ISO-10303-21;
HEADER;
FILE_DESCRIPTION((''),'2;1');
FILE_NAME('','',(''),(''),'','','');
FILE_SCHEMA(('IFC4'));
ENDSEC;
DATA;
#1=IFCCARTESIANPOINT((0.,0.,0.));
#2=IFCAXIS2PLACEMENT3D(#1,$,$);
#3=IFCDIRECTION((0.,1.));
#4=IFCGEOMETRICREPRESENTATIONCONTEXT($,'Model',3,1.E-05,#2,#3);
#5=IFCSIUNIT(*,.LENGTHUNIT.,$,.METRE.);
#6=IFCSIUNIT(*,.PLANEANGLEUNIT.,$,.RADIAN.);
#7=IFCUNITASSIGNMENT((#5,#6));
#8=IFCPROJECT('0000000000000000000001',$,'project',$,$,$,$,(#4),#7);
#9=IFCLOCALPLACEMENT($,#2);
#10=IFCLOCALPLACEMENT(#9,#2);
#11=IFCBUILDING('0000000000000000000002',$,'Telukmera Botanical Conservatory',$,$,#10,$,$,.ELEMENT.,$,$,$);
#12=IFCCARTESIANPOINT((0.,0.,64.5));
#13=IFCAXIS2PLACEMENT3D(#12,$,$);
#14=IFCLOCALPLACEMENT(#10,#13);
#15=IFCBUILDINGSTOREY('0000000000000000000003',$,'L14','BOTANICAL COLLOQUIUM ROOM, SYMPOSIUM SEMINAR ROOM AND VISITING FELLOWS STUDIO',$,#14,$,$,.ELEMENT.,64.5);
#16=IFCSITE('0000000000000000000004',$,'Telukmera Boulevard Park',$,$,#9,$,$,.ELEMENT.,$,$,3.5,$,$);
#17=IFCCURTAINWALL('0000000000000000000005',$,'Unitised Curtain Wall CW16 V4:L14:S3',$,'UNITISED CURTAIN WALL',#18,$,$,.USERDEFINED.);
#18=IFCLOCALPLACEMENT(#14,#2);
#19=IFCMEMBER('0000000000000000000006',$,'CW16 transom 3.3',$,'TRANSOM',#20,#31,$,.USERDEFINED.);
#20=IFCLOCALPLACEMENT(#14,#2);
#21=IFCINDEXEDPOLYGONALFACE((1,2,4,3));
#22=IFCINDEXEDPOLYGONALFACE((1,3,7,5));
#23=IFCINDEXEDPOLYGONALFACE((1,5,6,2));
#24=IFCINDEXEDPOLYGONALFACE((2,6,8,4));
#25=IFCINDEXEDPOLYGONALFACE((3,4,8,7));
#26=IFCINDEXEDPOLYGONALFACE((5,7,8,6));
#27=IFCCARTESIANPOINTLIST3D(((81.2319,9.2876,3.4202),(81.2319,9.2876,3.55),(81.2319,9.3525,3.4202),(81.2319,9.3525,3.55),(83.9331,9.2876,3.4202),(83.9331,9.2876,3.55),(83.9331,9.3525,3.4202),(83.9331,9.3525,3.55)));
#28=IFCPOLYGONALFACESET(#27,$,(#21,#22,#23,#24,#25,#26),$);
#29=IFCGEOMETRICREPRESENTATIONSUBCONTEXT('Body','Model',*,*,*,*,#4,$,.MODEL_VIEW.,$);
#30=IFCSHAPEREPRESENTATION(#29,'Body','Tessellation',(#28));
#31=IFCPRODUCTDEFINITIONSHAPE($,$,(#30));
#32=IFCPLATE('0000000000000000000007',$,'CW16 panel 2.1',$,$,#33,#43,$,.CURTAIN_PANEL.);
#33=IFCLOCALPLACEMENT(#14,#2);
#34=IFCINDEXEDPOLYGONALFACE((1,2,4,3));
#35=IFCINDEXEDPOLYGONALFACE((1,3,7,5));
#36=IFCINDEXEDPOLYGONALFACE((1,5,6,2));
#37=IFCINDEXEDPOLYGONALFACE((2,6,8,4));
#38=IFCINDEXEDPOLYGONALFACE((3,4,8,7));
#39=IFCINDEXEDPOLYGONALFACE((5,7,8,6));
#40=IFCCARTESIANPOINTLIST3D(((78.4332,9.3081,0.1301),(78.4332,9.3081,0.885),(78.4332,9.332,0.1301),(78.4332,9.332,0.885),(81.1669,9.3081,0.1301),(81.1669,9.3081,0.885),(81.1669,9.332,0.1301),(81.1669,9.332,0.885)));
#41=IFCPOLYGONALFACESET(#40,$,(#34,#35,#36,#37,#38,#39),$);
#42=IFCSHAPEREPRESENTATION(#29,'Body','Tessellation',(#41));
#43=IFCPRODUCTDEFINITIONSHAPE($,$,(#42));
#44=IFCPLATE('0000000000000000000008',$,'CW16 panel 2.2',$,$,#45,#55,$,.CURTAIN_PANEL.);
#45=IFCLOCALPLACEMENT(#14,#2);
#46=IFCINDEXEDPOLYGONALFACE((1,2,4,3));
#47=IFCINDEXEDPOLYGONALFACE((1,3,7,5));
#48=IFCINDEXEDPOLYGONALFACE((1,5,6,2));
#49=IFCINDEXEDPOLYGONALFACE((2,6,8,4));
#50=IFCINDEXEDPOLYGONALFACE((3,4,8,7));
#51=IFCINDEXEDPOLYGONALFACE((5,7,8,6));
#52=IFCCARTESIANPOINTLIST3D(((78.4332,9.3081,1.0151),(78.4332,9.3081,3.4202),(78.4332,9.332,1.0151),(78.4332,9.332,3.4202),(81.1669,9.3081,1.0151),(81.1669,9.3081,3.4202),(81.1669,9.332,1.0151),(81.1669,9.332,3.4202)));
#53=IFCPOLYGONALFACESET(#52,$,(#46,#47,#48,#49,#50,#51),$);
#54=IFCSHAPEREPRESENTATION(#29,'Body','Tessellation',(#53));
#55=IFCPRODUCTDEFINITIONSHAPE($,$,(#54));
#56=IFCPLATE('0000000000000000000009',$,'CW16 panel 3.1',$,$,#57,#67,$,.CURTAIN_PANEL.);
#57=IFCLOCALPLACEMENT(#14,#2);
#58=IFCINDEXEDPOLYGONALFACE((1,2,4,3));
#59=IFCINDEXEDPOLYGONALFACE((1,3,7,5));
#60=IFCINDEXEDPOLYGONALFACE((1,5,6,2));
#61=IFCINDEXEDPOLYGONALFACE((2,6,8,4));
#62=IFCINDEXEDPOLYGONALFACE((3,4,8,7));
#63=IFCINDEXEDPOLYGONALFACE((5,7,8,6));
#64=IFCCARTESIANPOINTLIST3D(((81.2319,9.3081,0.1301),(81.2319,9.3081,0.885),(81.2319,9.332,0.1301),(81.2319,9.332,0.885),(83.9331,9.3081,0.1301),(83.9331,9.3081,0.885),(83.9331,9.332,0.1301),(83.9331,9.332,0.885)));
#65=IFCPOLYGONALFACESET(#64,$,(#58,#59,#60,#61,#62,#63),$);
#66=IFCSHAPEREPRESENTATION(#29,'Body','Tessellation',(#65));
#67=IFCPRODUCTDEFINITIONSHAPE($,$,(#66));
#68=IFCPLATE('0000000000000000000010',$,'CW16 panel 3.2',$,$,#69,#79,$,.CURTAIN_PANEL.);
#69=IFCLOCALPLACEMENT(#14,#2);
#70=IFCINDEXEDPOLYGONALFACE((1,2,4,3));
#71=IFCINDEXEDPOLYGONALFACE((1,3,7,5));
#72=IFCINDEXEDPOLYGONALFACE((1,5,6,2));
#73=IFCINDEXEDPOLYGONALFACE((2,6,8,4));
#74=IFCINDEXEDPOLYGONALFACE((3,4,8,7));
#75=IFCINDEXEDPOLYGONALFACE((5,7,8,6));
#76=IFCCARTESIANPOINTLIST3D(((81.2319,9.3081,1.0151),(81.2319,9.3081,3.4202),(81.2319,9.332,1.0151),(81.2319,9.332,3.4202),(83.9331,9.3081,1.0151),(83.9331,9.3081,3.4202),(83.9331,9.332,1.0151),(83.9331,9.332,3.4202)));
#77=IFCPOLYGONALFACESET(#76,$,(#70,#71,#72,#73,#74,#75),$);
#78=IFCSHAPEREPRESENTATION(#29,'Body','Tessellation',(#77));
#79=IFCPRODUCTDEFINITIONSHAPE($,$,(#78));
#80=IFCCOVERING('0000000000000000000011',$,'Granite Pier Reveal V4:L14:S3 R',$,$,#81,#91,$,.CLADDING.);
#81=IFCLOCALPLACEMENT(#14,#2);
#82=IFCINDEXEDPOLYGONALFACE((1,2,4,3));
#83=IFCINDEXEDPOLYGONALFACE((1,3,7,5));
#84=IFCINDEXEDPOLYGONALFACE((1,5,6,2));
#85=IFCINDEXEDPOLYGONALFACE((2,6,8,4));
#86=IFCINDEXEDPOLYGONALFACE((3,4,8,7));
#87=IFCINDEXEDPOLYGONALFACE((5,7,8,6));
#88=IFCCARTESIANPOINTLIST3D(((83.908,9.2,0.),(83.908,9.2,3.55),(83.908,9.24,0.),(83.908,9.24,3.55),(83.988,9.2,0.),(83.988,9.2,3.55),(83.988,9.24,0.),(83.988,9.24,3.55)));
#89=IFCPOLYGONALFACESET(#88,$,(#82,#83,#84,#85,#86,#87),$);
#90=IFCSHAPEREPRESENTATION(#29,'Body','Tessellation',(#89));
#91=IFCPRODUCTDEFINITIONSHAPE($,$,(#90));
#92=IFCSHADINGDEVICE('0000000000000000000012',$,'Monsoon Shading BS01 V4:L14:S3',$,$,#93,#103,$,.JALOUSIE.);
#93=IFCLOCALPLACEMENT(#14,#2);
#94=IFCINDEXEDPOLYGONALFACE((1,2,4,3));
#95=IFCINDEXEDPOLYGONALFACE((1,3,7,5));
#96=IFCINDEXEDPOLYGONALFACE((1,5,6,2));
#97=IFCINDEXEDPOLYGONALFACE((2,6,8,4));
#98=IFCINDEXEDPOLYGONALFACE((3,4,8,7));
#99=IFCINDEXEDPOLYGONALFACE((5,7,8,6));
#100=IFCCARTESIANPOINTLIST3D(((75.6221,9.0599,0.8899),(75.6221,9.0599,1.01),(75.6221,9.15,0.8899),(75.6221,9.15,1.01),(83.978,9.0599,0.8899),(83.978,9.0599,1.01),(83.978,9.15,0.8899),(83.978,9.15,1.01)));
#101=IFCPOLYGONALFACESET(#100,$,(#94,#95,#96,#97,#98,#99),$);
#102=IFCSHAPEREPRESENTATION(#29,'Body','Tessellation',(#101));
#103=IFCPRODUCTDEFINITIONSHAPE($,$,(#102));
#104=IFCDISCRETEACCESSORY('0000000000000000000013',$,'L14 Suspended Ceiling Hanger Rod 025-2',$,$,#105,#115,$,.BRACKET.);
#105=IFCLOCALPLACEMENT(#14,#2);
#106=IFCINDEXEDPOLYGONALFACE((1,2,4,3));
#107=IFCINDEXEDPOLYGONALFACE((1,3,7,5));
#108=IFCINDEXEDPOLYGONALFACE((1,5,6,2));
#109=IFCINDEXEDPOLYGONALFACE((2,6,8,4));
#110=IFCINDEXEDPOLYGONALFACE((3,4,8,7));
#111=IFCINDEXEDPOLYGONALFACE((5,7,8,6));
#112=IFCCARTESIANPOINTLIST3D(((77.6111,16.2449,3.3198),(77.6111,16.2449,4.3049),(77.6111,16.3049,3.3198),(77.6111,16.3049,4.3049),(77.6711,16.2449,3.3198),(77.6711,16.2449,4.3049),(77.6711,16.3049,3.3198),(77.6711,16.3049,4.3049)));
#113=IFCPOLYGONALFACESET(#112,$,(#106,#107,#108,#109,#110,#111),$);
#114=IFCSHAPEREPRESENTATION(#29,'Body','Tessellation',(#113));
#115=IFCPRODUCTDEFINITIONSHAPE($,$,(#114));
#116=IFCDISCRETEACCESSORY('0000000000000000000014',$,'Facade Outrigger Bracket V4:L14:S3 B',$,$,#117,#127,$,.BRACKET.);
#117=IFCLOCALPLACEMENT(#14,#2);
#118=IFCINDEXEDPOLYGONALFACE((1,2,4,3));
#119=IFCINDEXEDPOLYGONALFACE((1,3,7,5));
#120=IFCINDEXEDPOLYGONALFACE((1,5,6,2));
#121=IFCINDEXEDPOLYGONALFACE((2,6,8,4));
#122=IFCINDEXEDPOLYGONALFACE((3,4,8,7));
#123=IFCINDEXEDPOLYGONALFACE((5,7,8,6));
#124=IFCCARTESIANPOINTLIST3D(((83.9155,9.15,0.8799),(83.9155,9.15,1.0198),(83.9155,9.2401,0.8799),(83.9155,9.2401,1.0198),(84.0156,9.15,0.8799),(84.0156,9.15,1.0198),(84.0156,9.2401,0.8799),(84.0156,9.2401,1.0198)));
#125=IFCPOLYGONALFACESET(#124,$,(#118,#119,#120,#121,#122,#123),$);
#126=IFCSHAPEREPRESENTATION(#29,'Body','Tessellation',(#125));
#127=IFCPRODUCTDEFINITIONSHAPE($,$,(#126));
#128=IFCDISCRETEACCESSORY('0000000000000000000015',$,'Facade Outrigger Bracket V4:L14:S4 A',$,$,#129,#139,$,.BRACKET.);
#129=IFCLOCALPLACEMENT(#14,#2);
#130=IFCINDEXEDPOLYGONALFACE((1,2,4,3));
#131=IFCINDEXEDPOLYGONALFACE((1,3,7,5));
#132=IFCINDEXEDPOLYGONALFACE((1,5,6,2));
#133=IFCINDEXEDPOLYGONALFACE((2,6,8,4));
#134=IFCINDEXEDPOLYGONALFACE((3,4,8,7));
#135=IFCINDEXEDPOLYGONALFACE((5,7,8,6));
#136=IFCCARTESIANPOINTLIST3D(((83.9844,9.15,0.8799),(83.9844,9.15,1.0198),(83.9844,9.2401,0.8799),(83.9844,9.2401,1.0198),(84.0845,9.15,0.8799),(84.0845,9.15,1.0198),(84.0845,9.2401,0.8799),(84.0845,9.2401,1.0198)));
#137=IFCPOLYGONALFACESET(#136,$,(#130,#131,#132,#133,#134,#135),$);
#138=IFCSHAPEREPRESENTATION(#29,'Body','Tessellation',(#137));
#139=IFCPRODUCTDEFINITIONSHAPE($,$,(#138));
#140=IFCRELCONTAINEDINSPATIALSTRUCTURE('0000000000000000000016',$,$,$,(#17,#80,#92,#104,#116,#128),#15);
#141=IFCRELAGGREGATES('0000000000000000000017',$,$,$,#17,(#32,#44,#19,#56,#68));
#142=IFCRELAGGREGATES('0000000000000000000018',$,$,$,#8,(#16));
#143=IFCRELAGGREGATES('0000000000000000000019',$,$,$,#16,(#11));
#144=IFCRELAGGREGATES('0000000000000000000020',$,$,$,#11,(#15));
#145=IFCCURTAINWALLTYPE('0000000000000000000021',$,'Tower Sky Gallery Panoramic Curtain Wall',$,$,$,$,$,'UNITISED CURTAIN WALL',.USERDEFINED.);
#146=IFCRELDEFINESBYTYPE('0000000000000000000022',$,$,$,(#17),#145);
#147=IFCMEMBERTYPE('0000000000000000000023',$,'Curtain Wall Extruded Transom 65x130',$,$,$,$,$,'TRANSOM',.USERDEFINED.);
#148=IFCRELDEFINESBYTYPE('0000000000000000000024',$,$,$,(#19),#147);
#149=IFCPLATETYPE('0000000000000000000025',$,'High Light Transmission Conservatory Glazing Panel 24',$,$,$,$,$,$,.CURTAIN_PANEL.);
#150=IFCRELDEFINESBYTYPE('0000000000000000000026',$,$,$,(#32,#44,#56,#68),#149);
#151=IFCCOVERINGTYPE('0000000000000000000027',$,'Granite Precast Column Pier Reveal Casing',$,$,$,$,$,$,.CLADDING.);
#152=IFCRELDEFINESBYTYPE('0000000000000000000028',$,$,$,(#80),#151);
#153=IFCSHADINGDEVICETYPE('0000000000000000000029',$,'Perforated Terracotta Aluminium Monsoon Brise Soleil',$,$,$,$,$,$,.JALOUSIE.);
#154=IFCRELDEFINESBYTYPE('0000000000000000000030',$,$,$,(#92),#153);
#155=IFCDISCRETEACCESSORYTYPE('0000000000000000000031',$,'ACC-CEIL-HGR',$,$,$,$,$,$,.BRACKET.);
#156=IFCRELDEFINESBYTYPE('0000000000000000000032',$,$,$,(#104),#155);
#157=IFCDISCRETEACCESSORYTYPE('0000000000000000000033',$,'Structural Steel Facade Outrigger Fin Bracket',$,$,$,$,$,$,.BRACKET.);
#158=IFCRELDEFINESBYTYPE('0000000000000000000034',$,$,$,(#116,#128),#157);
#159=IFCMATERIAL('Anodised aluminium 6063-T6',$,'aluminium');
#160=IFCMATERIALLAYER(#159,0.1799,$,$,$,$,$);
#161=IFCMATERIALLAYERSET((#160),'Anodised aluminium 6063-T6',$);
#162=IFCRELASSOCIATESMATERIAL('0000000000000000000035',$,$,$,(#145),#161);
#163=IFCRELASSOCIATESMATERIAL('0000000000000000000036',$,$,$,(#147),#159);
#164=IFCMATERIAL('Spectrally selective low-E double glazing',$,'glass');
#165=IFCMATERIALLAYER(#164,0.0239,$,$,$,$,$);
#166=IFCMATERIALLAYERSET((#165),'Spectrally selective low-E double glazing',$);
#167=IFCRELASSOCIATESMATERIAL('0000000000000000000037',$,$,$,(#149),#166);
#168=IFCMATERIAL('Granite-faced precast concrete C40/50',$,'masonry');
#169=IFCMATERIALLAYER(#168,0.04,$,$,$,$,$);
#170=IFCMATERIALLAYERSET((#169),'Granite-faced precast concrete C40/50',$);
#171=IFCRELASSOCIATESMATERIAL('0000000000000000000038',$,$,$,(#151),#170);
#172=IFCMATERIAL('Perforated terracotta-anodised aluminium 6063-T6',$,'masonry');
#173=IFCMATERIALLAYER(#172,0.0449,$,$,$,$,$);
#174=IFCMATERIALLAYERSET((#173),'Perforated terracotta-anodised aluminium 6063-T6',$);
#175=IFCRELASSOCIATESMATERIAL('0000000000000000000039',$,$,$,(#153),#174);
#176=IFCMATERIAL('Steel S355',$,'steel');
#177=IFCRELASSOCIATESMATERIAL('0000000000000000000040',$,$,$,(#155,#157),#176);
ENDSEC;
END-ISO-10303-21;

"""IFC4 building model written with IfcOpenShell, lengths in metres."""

from ifc_helpers import new_model, si_unit, direction, frame, origin, origin_2d, place, context, subcontext, project, spatial, rectangle, extrude, material, layer, layer_set, material_profile, profile_set, type_object, element, aggregate, save


model = new_model("IFC4")

# Units and contexts
model_context = context("Model", 3, precision=1e-05, world=origin(), true_north=direction((0.0, 1.0)))
body_context = subcontext(model_context, "Body", "Model", "MODEL_VIEW")
ifc_project = project(units=[si_unit("LENGTHUNIT", "METRE"), si_unit("PLANEANGLEUNIT", "RADIAN")], contexts=[model_context])

# Site, building, storey
site_placement = place(None, origin())
site = spatial("IfcSite", under=ifc_project, at=site_placement, Name="Telukmera Boulevard Park", CompositionType="ELEMENT", RefElevation=3.5)
building_placement = place(site_placement, origin())
building = spatial("IfcBuilding", under=site, at=building_placement, Name="Telukmera Botanical Conservatory", CompositionType="ELEMENT")
storey_placement = place(building_placement, frame((0.0, 0.0, 64.5)))
storey = spatial("IfcBuildingStorey", under=building, at=storey_placement, Name="L14", Description="BOTANICAL COLLOQUIUM ROOM, SYMPOSIUM SEMINAR ROOM AND VISITING FELLOWS STUDIO", CompositionType="ELEMENT", Elevation=64.5)

# Curtain wall
ifc_material_1 = material(Name="Anodised aluminium 6063-T6", Category="aluminium")
ifc_layer_1 = layer(ifc_material_1, 0.1799)
ifc_layer_set_1 = layer_set([ifc_layer_1], Name="Anodised aluminium 6063-T6")
curtain_wall_type = type_object("IfcCurtainWallType", Name="Tower Sky Gallery Panoramic Curtain Wall", ElementType="UNITISED CURTAIN WALL", PredefinedType="USERDEFINED", material=ifc_layer_set_1)
curtain_wall_1_placement = place(storey_placement, origin())
curtain_wall_1 = element("IfcCurtainWall", 1, at=curtain_wall_1_placement, inside=storey, type_object=curtain_wall_type, Name="Unitised Curtain Wall CW16 V4:L14:S3", ObjectType="UNITISED CURTAIN WALL", PredefinedType="USERDEFINED")

# Member
ifc_material_profile_1 = material_profile(ifc_material_1, rectangle(XDim=0.0649, YDim=0.1299, at=origin_2d()), Name="ALU TRAN 65x130")
ifc_profile_set_1 = profile_set([ifc_material_profile_1], Name="Anodised aluminium 6063-T6")
member_type_1 = type_object("IfcMemberType", Name="Curtain Wall Extruded Transom 65x130", ElementType="TRANSOM", PredefinedType="USERDEFINED", material=ifc_profile_set_1)
member_1_placement = place(storey_placement, frame((81.2319, 9.3201, 3.4851), z_axis=(1.0, 0.0, 0.0), x_axis=(0.0, 1.0, 0.0)))
member_1 = element("IfcMember", 2, at=member_1_placement, type_object=member_type_1, Name="CW16 transom 3.3", ObjectType="TRANSOM", PredefinedType="USERDEFINED", context=body_context, shape_type="SweptSolid", body=[
    extrude(rectangle(XDim=0.0649, YDim=0.1299, at=origin_2d()), origin(), (0.0, 0.0, 1.0), 2.7012),
])

# Plates
ifc_material_2 = material(Name="Spectrally selective low-E double glazing", Category="glass")
ifc_layer_2 = layer(ifc_material_2, 0.0239)
ifc_layer_set_2 = layer_set([ifc_layer_2], Name="Spectrally selective low-E double glazing")
plate_type = type_object("IfcPlateType", Name="High Light Transmission Conservatory Glazing Panel 24", PredefinedType="CURTAIN_PANEL", material=ifc_layer_set_2)
plate_1_placement = place(storey_placement, frame((79.8, 9.3201, 0.1301), z_axis=(0.0, 0.0, 1.0), x_axis=(1.0, 0.0, 0.0)))
plate_1 = element("IfcPlate", 3, at=plate_1_placement, type_object=plate_type, Name="CW16 panel 2.1", PredefinedType="CURTAIN_PANEL", context=body_context, shape_type="SweptSolid", body=[
    extrude(rectangle(XDim=2.7336, YDim=0.0239, at=origin_2d()), origin(), (0.0, 0.0, 1.0), 0.7549),
])
plate_2_placement = place(storey_placement, frame((79.8, 9.3201, 1.0151), z_axis=(0.0, 0.0, 1.0), x_axis=(1.0, 0.0, 0.0)))
plate_2 = element("IfcPlate", 4, at=plate_2_placement, type_object=plate_type, Name="CW16 panel 2.2", PredefinedType="CURTAIN_PANEL", context=body_context, shape_type="SweptSolid", body=[
    extrude(rectangle(XDim=2.7336, YDim=0.0239, at=origin_2d()), origin(), (0.0, 0.0, 1.0), 2.405),
])
plate_3_placement = place(storey_placement, frame((82.5825, 9.3201, 0.1301), z_axis=(0.0, 0.0, 1.0), x_axis=(1.0, 0.0, 0.0)))
plate_3 = element("IfcPlate", 5, at=plate_3_placement, type_object=plate_type, Name="CW16 panel 3.1", PredefinedType="CURTAIN_PANEL", context=body_context, shape_type="SweptSolid", body=[
    extrude(rectangle(XDim=2.7012, YDim=0.0239, at=origin_2d()), origin(), (0.0, 0.0, 1.0), 0.7549),
])
plate_4_placement = place(storey_placement, frame((82.5825, 9.3201, 1.0151), z_axis=(0.0, 0.0, 1.0), x_axis=(1.0, 0.0, 0.0)))
plate_4 = element("IfcPlate", 6, at=plate_4_placement, type_object=plate_type, Name="CW16 panel 3.2", PredefinedType="CURTAIN_PANEL", context=body_context, shape_type="SweptSolid", body=[
    extrude(rectangle(XDim=2.7012, YDim=0.0239, at=origin_2d()), origin(), (0.0, 0.0, 1.0), 2.405),
])
aggregate(curtain_wall_1, [plate_1, plate_2, member_1, plate_3, plate_4])

# Covering
ifc_material_3 = material(Name="Granite-faced precast concrete C40/50", Category="masonry")
ifc_layer_3 = layer(ifc_material_3, 0.04)
ifc_layer_set_3 = layer_set([ifc_layer_3], Name="Granite-faced precast concrete C40/50")
covering_type = type_object("IfcCoveringType", Name="Granite Precast Column Pier Reveal Casing", PredefinedType="CLADDING", material=ifc_layer_set_3)
covering_placement = place(storey_placement, frame((83.948, 9.22, 0.0), z_axis=(0.0, 0.0, 1.0), x_axis=(1.0, 0.0, 0.0)))
element("IfcCovering", 7, at=covering_placement, inside=storey, type_object=covering_type, Name="Granite Pier Reveal V4:L14:S3 R", PredefinedType="CLADDING", context=body_context, shape_type="SweptSolid", body=[
    extrude(rectangle(XDim=0.0801, YDim=0.04, at=origin_2d()), origin(), (0.0, 0.0, 1.0), 3.55),
])

# Shading device
ifc_material_4 = material(Name="Perforated terracotta-anodised aluminium 6063-T6", Category="masonry")
ifc_layer_4 = layer(ifc_material_4, 0.0449)
ifc_layer_set_4 = layer_set([ifc_layer_4], Name="Perforated terracotta-anodised aluminium 6063-T6")
shading_device_type = type_object("IfcShadingDeviceType", Name="Perforated Terracotta Aluminium Monsoon Brise Soleil", PredefinedType="JALOUSIE", material=ifc_layer_set_4)
shading_device_placement = place(storey_placement, frame((79.8, 9.105, 0.8899), z_axis=(0.0, 0.0, 1.0), x_axis=(1.0, 0.0, 0.0)))
element("IfcShadingDevice", 8, at=shading_device_placement, inside=storey, type_object=shading_device_type, Name="Monsoon Shading BS01 V4:L14:S3", PredefinedType="JALOUSIE", context=body_context, shape_type="SweptSolid", body=[
    extrude(rectangle(XDim=8.356, YDim=0.0901, at=origin_2d()), origin(), (0.0, 0.0, 1.0), 0.1201),
])

# Discrete accessories
ifc_material_5 = material(Name="Steel S355", Category="steel")
discrete_accessory_type_1 = type_object("IfcDiscreteAccessoryType", Name="ACC-CEIL-HGR", PredefinedType="BRACKET", material=ifc_material_5)
discrete_accessory_placement = place(storey_placement, frame((77.6411, 16.2749, 3.3198), z_axis=(0.0, 0.0, 1.0), x_axis=(1.0, 0.0, 0.0)))
element("IfcDiscreteAccessory", 9, at=discrete_accessory_placement, inside=storey, type_object=discrete_accessory_type_1, Name="L14 Suspended Ceiling Hanger Rod 025-2", PredefinedType="BRACKET", context=body_context, shape_type="SweptSolid", body=[
    extrude(rectangle(XDim=0.0601, YDim=0.0601, at=origin_2d()), origin(), (0.0, 0.0, 1.0), 0.9851),
])
discrete_accessory_type_2 = type_object("IfcDiscreteAccessoryType", Name="Structural Steel Facade Outrigger Fin Bracket", PredefinedType="BRACKET", material=ifc_material_5)
for number, where, z_axis, x_axis, name in (
    (10, (83.9656, 9.1951, 0.8799), (0.0, 0.0, 1.0), (1.0, 0.0, 0.0), "Facade Outrigger Bracket V4:L14:S3 B"),
    (11, (84.0344, 9.1951, 0.8799), (0.0, 0.0, 1.0), (1.0, 0.0, 0.0), "Facade Outrigger Bracket V4:L14:S4 A"),
):
    element("IfcDiscreteAccessory", number, at=place(storey_placement, frame(where, z_axis=z_axis, x_axis=x_axis)), inside=storey, type_object=discrete_accessory_type_2, Name=name, PredefinedType="BRACKET", context=body_context, shape_type="SweptSolid", body=[
        extrude(rectangle(XDim=0.1001, YDim=0.0901, at=origin_2d()), origin(), (0.0, 0.0, 1.0), 0.1399),
    ])

save(model, "model.ifc")
